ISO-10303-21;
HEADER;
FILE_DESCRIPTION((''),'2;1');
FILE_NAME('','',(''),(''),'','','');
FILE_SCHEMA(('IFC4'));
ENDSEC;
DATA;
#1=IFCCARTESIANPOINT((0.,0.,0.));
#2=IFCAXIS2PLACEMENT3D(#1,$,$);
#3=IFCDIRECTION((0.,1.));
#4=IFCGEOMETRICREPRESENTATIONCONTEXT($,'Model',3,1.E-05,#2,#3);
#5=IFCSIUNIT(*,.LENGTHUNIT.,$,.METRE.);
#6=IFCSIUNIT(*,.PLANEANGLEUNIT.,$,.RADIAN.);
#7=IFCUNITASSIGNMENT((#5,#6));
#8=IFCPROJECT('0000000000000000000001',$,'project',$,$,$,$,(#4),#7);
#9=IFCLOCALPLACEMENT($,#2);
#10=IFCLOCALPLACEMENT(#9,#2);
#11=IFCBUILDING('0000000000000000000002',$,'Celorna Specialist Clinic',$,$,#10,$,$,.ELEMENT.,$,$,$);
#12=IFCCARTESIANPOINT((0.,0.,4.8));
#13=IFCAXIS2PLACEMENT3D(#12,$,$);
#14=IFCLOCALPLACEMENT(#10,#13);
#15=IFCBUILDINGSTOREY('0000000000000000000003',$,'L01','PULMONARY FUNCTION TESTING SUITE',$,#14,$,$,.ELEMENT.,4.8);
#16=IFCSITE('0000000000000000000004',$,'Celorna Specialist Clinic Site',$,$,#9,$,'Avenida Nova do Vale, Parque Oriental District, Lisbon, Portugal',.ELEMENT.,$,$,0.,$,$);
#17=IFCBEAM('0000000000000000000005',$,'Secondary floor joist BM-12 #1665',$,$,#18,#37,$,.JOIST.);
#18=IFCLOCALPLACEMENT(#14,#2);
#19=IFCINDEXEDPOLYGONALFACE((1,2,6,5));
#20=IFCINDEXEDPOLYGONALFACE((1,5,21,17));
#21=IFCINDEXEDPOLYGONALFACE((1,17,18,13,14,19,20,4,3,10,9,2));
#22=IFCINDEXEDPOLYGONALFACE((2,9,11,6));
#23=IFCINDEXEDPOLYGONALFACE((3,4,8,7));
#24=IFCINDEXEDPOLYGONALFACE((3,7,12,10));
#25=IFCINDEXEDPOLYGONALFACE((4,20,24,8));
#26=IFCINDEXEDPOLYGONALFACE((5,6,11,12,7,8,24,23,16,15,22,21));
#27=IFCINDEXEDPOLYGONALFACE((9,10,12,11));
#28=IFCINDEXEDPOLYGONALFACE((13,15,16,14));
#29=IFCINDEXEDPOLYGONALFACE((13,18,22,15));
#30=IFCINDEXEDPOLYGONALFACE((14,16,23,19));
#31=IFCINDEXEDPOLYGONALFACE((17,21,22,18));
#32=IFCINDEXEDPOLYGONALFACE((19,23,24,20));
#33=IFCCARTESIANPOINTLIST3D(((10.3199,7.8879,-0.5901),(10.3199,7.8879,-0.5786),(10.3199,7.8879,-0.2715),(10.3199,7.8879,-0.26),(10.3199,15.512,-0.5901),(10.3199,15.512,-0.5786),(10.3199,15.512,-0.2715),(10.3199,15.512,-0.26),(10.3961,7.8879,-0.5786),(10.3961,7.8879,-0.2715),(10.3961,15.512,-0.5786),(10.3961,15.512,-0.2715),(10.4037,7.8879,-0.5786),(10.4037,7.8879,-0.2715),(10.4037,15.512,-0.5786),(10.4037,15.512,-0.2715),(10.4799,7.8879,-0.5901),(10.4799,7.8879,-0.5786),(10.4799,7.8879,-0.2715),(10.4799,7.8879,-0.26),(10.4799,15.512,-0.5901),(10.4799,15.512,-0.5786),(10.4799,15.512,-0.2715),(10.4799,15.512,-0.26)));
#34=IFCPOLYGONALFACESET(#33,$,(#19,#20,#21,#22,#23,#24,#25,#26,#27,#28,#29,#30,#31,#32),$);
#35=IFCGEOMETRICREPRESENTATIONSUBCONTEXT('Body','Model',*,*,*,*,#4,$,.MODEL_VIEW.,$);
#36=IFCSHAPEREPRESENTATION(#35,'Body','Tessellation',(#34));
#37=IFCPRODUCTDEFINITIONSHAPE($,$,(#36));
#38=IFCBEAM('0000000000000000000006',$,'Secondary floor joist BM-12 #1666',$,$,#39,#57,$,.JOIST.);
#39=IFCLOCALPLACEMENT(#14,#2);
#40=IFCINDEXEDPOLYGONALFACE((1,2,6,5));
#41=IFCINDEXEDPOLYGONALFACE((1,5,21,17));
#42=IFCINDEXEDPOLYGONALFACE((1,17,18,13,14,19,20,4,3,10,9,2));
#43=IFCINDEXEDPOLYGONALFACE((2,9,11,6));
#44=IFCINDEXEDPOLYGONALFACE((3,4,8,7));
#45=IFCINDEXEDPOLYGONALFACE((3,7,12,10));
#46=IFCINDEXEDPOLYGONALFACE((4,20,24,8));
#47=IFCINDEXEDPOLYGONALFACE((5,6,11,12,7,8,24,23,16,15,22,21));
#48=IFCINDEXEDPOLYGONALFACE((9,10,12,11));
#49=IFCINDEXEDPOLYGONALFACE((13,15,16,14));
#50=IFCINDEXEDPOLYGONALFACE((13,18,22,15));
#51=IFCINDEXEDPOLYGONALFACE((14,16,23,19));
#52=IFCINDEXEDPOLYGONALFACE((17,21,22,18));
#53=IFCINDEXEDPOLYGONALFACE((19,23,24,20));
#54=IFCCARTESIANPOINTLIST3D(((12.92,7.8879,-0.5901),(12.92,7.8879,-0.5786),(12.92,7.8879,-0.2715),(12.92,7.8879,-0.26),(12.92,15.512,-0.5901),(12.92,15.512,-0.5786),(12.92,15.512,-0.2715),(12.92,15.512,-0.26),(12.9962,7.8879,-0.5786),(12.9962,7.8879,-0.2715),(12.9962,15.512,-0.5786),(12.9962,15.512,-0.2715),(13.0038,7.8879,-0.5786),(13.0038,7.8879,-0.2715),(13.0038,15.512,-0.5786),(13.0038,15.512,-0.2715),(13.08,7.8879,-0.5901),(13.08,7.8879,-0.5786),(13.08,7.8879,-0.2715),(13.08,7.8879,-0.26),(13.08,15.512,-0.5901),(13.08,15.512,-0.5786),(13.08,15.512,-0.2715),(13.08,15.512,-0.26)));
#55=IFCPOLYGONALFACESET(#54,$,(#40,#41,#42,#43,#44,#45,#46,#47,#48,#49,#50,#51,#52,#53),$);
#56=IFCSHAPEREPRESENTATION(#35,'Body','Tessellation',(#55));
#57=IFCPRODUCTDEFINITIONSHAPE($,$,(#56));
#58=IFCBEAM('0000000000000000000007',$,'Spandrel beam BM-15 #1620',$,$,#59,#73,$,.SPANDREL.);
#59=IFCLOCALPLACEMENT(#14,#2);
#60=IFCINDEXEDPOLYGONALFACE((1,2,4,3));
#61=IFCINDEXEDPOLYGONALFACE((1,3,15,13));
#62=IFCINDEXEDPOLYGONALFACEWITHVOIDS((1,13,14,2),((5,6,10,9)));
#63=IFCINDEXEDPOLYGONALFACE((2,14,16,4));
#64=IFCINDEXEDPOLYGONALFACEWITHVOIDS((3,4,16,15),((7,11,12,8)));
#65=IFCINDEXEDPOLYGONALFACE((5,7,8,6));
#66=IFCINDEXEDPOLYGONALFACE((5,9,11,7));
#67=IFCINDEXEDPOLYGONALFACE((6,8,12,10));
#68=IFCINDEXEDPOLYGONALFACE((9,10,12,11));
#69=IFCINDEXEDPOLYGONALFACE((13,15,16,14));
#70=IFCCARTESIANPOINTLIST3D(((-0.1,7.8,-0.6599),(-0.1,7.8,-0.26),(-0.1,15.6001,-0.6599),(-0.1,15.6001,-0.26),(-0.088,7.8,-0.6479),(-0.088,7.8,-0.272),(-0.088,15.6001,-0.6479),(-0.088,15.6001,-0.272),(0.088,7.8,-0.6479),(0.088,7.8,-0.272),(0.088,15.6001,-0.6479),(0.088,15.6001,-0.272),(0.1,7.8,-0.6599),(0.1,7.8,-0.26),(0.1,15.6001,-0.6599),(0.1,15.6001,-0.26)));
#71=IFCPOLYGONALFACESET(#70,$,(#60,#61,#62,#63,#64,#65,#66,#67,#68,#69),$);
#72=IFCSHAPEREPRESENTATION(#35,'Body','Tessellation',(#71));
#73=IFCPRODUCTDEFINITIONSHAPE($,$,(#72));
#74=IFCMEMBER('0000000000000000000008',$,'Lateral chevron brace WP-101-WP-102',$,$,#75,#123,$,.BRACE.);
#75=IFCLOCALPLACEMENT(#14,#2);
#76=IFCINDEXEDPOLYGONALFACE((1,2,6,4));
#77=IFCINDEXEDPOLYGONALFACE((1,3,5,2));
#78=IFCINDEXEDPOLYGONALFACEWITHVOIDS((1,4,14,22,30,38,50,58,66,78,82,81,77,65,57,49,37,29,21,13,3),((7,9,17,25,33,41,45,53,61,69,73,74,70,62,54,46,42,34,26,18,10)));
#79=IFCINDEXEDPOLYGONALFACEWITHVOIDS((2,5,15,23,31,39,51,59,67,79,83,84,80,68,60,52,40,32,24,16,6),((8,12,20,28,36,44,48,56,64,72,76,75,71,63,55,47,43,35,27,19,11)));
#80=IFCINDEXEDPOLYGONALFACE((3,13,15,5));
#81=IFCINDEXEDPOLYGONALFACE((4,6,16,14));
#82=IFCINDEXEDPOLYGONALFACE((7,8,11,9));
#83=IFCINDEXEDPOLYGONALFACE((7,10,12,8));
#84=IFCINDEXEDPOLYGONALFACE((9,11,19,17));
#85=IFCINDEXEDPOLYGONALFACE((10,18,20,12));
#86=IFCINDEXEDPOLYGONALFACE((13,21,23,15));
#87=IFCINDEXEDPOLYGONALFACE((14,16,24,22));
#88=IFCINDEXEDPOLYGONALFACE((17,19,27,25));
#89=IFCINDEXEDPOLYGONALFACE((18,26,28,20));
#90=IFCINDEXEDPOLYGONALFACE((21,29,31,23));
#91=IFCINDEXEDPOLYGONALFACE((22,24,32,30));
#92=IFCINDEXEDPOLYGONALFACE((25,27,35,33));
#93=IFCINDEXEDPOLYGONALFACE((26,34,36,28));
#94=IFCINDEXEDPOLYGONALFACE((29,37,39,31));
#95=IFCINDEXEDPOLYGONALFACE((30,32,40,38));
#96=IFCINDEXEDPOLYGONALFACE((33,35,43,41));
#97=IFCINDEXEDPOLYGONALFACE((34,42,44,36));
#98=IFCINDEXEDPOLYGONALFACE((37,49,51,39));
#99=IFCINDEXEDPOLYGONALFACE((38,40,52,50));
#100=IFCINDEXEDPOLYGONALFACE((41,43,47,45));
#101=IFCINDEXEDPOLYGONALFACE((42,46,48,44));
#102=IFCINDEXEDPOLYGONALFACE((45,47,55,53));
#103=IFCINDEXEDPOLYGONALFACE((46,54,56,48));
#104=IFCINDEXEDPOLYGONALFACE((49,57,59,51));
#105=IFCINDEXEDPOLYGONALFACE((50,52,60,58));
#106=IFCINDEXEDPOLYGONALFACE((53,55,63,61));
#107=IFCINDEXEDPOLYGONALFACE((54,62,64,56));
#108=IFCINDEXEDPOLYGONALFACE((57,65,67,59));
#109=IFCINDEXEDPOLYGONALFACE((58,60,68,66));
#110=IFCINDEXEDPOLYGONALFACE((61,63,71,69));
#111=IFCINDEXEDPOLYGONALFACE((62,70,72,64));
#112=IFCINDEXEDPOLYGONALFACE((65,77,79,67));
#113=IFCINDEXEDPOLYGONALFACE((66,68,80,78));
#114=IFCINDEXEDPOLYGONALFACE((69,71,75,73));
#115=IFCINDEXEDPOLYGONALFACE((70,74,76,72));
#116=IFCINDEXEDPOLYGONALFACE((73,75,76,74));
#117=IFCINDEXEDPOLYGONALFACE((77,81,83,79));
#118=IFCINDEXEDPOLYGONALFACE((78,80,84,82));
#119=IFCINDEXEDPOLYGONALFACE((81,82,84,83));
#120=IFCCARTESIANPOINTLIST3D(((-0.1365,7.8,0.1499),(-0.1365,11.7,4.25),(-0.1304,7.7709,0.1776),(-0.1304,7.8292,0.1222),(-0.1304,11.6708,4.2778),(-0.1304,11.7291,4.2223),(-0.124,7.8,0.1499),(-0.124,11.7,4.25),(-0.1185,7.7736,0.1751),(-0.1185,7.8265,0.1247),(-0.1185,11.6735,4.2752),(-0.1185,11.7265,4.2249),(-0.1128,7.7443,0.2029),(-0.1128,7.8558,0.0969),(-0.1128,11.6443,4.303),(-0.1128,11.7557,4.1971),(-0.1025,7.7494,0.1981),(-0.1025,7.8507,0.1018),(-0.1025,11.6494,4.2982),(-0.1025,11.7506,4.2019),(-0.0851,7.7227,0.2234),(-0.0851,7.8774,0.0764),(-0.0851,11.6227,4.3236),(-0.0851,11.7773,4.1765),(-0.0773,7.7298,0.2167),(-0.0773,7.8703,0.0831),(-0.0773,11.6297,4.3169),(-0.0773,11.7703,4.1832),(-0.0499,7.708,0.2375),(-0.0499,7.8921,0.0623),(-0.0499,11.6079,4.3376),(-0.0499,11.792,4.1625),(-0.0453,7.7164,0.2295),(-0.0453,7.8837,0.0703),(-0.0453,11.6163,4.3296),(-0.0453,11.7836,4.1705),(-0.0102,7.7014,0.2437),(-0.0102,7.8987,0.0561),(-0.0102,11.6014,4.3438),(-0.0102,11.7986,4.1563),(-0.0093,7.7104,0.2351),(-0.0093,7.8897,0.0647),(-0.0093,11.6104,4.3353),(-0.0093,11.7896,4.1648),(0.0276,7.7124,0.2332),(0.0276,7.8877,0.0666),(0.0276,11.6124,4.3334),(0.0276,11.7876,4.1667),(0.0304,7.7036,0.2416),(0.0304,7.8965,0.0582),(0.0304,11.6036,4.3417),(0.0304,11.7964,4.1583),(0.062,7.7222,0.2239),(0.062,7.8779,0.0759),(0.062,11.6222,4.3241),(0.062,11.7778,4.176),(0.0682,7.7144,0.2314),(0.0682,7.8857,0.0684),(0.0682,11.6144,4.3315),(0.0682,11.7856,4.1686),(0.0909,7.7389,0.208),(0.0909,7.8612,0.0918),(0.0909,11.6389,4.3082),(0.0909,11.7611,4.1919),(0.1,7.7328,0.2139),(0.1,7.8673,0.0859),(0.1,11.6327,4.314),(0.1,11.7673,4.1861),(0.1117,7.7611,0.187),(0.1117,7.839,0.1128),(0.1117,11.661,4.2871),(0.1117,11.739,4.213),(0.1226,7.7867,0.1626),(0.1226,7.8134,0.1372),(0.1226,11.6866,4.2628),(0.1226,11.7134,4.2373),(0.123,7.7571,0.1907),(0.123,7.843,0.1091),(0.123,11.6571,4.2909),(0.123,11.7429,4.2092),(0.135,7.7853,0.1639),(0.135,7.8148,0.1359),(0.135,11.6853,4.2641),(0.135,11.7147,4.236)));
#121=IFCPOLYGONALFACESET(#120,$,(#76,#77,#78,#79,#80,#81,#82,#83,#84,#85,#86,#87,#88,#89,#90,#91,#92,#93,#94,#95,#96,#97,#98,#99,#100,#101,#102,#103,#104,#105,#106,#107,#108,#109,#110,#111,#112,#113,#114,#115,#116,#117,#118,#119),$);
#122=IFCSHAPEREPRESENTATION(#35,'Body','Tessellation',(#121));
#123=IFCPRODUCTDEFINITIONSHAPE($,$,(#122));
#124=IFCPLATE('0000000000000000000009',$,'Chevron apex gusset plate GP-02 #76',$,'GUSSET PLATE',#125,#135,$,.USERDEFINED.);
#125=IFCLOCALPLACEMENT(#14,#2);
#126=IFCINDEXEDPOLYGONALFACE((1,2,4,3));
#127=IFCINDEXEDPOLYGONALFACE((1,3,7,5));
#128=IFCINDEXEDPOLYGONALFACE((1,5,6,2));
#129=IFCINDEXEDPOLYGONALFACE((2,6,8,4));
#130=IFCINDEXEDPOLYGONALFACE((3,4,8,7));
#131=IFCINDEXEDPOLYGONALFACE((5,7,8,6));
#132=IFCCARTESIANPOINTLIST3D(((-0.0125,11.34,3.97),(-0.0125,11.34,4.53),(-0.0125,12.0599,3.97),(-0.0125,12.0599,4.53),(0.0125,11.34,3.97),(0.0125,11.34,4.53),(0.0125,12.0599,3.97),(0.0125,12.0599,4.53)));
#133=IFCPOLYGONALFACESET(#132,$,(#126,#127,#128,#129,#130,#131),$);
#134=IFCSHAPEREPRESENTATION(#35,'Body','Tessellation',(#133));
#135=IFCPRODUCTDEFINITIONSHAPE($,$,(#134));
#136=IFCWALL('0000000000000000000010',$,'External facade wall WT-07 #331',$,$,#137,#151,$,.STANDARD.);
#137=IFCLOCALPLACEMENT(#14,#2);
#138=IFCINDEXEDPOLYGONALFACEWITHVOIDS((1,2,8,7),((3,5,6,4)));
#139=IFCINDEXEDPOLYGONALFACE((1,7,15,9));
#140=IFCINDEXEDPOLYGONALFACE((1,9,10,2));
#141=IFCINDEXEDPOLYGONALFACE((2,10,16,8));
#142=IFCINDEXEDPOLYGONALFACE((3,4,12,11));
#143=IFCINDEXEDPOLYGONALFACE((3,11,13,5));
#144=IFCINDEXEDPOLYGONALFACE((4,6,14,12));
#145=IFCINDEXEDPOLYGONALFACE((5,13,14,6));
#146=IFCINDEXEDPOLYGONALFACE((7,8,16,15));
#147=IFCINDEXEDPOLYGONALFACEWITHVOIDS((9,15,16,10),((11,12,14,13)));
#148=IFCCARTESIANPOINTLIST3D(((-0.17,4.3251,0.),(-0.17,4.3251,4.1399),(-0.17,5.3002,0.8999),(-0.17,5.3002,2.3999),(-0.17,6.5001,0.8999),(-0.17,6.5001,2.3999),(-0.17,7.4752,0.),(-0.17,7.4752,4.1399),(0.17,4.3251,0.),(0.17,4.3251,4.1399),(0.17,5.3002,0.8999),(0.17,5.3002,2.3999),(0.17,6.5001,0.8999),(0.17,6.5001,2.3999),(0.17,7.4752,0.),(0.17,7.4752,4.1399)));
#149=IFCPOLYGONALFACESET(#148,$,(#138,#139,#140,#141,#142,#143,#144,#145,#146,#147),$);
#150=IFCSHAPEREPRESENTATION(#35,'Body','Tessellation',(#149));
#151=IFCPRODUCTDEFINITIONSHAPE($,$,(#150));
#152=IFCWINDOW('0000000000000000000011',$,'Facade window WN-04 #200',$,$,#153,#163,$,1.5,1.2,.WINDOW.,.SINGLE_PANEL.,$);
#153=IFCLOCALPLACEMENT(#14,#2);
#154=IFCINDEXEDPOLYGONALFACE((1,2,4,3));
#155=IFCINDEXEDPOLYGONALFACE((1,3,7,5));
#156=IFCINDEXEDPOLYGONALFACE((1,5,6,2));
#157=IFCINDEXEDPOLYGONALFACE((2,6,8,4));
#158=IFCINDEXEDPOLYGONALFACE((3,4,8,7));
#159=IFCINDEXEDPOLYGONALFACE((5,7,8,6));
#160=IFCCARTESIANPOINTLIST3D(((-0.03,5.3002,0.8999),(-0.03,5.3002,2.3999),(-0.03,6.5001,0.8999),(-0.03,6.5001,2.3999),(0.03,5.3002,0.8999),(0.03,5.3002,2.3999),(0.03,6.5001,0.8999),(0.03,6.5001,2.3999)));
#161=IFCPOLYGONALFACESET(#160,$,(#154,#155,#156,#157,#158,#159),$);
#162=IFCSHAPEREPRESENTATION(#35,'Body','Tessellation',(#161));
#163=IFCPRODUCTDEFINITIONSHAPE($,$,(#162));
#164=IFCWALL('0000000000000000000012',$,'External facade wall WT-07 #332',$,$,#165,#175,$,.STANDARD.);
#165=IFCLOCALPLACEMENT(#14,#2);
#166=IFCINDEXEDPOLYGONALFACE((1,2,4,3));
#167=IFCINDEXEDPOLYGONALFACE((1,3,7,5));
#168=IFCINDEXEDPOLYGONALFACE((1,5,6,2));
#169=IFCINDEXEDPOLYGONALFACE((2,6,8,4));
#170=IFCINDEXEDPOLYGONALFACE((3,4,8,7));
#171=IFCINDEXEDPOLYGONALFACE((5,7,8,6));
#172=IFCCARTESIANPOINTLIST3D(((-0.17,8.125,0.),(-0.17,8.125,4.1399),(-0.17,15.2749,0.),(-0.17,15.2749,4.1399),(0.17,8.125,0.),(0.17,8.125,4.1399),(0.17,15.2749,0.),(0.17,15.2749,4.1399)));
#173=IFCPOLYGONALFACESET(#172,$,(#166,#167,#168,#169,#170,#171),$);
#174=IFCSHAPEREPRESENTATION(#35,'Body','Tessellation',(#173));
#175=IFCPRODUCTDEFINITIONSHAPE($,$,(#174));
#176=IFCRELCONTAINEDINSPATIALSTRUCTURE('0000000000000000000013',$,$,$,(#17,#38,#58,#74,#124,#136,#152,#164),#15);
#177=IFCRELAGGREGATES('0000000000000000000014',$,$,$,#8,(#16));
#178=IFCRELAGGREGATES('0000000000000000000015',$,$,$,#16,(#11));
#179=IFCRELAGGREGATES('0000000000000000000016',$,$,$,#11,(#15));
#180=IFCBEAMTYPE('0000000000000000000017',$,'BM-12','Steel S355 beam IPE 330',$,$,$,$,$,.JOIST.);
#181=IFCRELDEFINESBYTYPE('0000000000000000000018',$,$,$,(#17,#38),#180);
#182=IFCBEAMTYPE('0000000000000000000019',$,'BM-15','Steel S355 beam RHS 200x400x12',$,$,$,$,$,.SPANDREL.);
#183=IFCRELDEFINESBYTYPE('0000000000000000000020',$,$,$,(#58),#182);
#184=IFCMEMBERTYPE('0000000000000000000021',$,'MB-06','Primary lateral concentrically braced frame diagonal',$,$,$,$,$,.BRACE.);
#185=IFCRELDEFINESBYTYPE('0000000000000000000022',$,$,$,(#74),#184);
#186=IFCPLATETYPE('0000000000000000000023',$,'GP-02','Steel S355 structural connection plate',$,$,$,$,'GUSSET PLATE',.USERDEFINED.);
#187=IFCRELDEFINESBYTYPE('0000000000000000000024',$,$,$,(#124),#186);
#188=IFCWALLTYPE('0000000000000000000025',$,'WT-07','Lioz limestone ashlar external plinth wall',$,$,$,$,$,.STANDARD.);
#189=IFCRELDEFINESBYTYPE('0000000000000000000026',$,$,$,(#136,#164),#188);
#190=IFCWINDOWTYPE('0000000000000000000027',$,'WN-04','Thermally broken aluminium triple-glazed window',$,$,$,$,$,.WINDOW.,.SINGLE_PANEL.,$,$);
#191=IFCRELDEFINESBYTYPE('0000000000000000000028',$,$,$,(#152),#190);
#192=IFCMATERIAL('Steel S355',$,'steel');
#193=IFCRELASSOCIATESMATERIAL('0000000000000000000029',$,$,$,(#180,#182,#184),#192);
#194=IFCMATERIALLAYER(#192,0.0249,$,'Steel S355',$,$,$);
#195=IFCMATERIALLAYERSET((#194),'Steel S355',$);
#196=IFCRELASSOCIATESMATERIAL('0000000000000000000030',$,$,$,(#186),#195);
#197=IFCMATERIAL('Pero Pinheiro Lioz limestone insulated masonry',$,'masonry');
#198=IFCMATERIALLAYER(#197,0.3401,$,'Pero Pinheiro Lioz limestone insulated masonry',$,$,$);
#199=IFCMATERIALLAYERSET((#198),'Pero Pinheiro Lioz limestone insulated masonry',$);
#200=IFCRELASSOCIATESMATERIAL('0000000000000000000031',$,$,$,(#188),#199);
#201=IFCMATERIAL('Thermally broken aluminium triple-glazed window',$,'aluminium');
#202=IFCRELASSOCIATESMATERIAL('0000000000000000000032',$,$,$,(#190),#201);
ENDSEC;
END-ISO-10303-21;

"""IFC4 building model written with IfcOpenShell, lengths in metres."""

from ifc_helpers import new_model, si_unit, direction, frame, frame_2d, origin, origin_2d, place, context, subcontext, project, spatial, rectangle, hollow_rectangle, hollow_circle, i_section, extrude, material, layer, layer_set, material_profile, profile_set, type_object, element, fill, save


model = new_model("IFC4")

# Units and contexts
model_context = context("Model", 3, precision=1e-05, world=origin(), true_north=direction((0.0, 1.0)))
body_context = subcontext(model_context, "Body", "Model", "MODEL_VIEW")
ifc_project = project(units=[si_unit("LENGTHUNIT", "METRE"), si_unit("PLANEANGLEUNIT", "RADIAN")], contexts=[model_context])

# Site, building, storey
site_placement = place(None, origin())
site = spatial("IfcSite", under=ifc_project, at=site_placement, Name="Celorna Specialist Clinic Site", LongName="Avenida Nova do Vale, Parque Oriental District, Lisbon, Portugal", CompositionType="ELEMENT", RefElevation=0.0)
building_placement = place(site_placement, origin())
building = spatial("IfcBuilding", under=site, at=building_placement, Name="Celorna Specialist Clinic", CompositionType="ELEMENT")
storey_placement = place(building_placement, frame((0.0, 0.0, 4.8)))
storey = spatial("IfcBuildingStorey", under=building, at=storey_placement, Name="L01", Description="PULMONARY FUNCTION TESTING SUITE", CompositionType="ELEMENT", Elevation=4.8)

# Beams
ifc_material_1 = material(Name="Steel S355", Category="steel")
ifc_material_profile_1 = material_profile(ifc_material_1, i_section(OverallWidth=0.1599, OverallDepth=0.3301, WebThickness=0.0076, FlangeThickness=0.0115, at=origin_2d()), Name="IPE 330")
ifc_profile_set_1 = profile_set([ifc_material_profile_1], Name="Steel S355")
beam_type_1 = type_object("IfcBeamType", Name="BM-12", Description="Steel S355 beam IPE 330", PredefinedType="JOIST", material=ifc_profile_set_1)
for number, where, z_axis, x_axis, name in (
    (1, (10.3999, 7.8879, -0.425), (0.0, 1.0, 0.0), (-1.0, 0.0, 0.0), "Secondary floor joist BM-12 #1665"),
    (2, (13.0, 7.8879, -0.425), (0.0, 1.0, 0.0), (-1.0, 0.0, 0.0), "Secondary floor joist BM-12 #1666"),
):
    element("IfcBeam", number, at=place(storey_placement, frame(where, z_axis=z_axis, x_axis=x_axis)), inside=storey, type_object=beam_type_1, Name=name, PredefinedType="JOIST", context=body_context, shape_type="SweptSolid", body=[
        extrude(i_section(OverallWidth=0.1599, OverallDepth=0.3301, WebThickness=0.0076, FlangeThickness=0.0115, at=origin_2d()), origin(), (0.0, 0.0, 1.0), 7.624),
    ])
ifc_material_profile_2 = material_profile(ifc_material_1, hollow_rectangle(XDim=0.2, YDim=0.3999, WallThickness=0.012, at=origin_2d()), Name="RHS 200x400x12")
ifc_profile_set_2 = profile_set([ifc_material_profile_2], Name="Steel S355")
beam_type_2 = type_object("IfcBeamType", Name="BM-15", Description="Steel S355 beam RHS 200x400x12", PredefinedType="SPANDREL", material=ifc_profile_set_2)
beam_1_placement = place(storey_placement, frame((0.0, 7.8, -0.46), z_axis=(0.0, 1.0, 0.0), x_axis=(-1.0, 0.0, 0.0)))
element("IfcBeam", 3, at=beam_1_placement, inside=storey, type_object=beam_type_2, Name="Spandrel beam BM-15 #1620", PredefinedType="SPANDREL", context=body_context, shape_type="SweptSolid", body=[
    extrude(hollow_rectangle(XDim=0.2, YDim=0.3999, WallThickness=0.012, at=origin_2d()), origin(), (0.0, 0.0, 1.0), 7.8),
])

# Member
ifc_material_profile_3 = material_profile(ifc_material_1, hollow_circle(Radius=0.1365, WallThickness=0.0125, at=origin_2d()), Name="CHS 273x12.5")
ifc_profile_set_3 = profile_set([ifc_material_profile_3], Name="Steel S355")
member_type = type_object("IfcMemberType", Name="MB-06", Description="Primary lateral concentrically braced frame diagonal", PredefinedType="BRACE", material=ifc_profile_set_3)
member_placement = place(storey_placement, frame((0.0, 7.8, 0.1499), z_axis=(0.0, 0.689196, 0.724575), x_axis=(-1.0, 0.0, 0.0)))
element("IfcMember", 4, at=member_placement, inside=storey, type_object=member_type, Name="Lateral chevron brace WP-101-WP-102", PredefinedType="BRACE", context=body_context, shape_type="SweptSolid", body=[
    extrude(hollow_circle(Radius=0.1365, WallThickness=0.0125, at=origin_2d()), origin(), (0.0, 0.0, 1.0), 5.6587),
])

# Plate
ifc_layer_1 = layer(ifc_material_1, 0.0249, Name="Steel S355")
ifc_layer_set_1 = layer_set([ifc_layer_1], Name="Steel S355")
plate_type = type_object("IfcPlateType", Name="GP-02", Description="Steel S355 structural connection plate", ElementType="GUSSET PLATE", PredefinedType="USERDEFINED", material=ifc_layer_set_1)
plate_placement = place(storey_placement, frame((0.0, 11.7, 3.97), z_axis=(0.0, 0.0, 1.0), x_axis=(0.0, 1.0, 0.0)))
element("IfcPlate", 5, at=plate_placement, inside=storey, type_object=plate_type, Name="Chevron apex gusset plate GP-02 #76", ObjectType="GUSSET PLATE", PredefinedType="USERDEFINED", context=body_context, shape_type="SweptSolid", body=[
    extrude(rectangle(XDim=0.72, YDim=0.0249, at=origin_2d()), origin(), (0.0, 0.0, 1.0), 0.5601),
])

# Wall, opening, window
ifc_material_2 = material(Name="Pero Pinheiro Lioz limestone insulated masonry", Category="masonry")
ifc_layer_2 = layer(ifc_material_2, 0.3401, Name="Pero Pinheiro Lioz limestone insulated masonry")
ifc_layer_set_2 = layer_set([ifc_layer_2], Name="Pero Pinheiro Lioz limestone insulated masonry")
wall_type_1 = type_object("IfcWallType", Name="WT-07", Description="Lioz limestone ashlar external plinth wall", PredefinedType="STANDARD", material=ifc_layer_set_2)
wall_1_placement = place(storey_placement, frame((0.0, 4.325, 0.0), z_axis=(0.0, 0.0, 1.0), x_axis=(0.0, 1.0, 0.0)))
wall_1 = element("IfcWall", 6, at=wall_1_placement, inside=storey, type_object=wall_type_1, Name="External facade wall WT-07 #331", PredefinedType="STANDARD", context=body_context, shape_type="SweptSolid", body=[
    extrude(rectangle(XDim=3.1501, YDim=0.3401, at=frame_2d((1.5752, 0.0))), origin(), (0.0, 0.0, 1.0), 4.1399),
])
opening_1_placement = place(wall_1_placement, frame((0.9751, 0.0, 0.8999)))
opening_1 = element("IfcOpeningElement", 7, at=opening_1_placement, cuts=wall_1, PredefinedType="OPENING", context=body_context, shape_type="SweptSolid", body=[
    extrude(rectangle(XDim=1.2, YDim=1.5, at=frame_2d((0.6001, 0.75))), frame((0.0, 0.1799, 0.0), z_axis=(0.0, -1.0, 0.0), x_axis=(1.0, 0.0, 0.0)), (0.0, 0.0, 1.0), 0.3601),
])
ifc_material_3 = material(Name="Thermally broken aluminium triple-glazed window", Category="aluminium")
window_type = type_object("IfcWindowType", Name="WN-04", Description="Thermally broken aluminium triple-glazed window", PartitioningType="SINGLE_PANEL", PredefinedType="WINDOW", material=ifc_material_3)
window_placement = place(opening_1_placement, origin())
window = element("IfcWindow", 8, at=window_placement, inside=storey, type_object=window_type, Name="Facade window WN-04 #200", OverallHeight=1.5, OverallWidth=1.2, PartitioningType="SINGLE_PANEL", PredefinedType="WINDOW", context=body_context, shape_type="SweptSolid", body=[
    extrude(rectangle(XDim=1.2, YDim=1.5, at=frame_2d((0.6001, 0.75))), frame((0.0, 0.03, 0.0), z_axis=(0.0, -1.0, 0.0), x_axis=(1.0, 0.0, 0.0)), (0.0, 0.0, 1.0), 0.0601),
])
fill(opening_1, window)

# Wall
wall_2_placement = place(storey_placement, frame((0.0, 8.125, 0.0), z_axis=(0.0, 0.0, 1.0), x_axis=(0.0, 1.0, 0.0)))
element("IfcWall", 9, at=wall_2_placement, inside=storey, type_object=wall_type_1, Name="External facade wall WT-07 #332", PredefinedType="STANDARD", context=body_context, shape_type="SweptSolid", body=[
    extrude(rectangle(XDim=7.1499, YDim=0.3401, at=frame_2d((3.575, 0.0))), origin(), (0.0, 0.0, 1.0), 4.1399),
])

save(model, "model.ifc")
